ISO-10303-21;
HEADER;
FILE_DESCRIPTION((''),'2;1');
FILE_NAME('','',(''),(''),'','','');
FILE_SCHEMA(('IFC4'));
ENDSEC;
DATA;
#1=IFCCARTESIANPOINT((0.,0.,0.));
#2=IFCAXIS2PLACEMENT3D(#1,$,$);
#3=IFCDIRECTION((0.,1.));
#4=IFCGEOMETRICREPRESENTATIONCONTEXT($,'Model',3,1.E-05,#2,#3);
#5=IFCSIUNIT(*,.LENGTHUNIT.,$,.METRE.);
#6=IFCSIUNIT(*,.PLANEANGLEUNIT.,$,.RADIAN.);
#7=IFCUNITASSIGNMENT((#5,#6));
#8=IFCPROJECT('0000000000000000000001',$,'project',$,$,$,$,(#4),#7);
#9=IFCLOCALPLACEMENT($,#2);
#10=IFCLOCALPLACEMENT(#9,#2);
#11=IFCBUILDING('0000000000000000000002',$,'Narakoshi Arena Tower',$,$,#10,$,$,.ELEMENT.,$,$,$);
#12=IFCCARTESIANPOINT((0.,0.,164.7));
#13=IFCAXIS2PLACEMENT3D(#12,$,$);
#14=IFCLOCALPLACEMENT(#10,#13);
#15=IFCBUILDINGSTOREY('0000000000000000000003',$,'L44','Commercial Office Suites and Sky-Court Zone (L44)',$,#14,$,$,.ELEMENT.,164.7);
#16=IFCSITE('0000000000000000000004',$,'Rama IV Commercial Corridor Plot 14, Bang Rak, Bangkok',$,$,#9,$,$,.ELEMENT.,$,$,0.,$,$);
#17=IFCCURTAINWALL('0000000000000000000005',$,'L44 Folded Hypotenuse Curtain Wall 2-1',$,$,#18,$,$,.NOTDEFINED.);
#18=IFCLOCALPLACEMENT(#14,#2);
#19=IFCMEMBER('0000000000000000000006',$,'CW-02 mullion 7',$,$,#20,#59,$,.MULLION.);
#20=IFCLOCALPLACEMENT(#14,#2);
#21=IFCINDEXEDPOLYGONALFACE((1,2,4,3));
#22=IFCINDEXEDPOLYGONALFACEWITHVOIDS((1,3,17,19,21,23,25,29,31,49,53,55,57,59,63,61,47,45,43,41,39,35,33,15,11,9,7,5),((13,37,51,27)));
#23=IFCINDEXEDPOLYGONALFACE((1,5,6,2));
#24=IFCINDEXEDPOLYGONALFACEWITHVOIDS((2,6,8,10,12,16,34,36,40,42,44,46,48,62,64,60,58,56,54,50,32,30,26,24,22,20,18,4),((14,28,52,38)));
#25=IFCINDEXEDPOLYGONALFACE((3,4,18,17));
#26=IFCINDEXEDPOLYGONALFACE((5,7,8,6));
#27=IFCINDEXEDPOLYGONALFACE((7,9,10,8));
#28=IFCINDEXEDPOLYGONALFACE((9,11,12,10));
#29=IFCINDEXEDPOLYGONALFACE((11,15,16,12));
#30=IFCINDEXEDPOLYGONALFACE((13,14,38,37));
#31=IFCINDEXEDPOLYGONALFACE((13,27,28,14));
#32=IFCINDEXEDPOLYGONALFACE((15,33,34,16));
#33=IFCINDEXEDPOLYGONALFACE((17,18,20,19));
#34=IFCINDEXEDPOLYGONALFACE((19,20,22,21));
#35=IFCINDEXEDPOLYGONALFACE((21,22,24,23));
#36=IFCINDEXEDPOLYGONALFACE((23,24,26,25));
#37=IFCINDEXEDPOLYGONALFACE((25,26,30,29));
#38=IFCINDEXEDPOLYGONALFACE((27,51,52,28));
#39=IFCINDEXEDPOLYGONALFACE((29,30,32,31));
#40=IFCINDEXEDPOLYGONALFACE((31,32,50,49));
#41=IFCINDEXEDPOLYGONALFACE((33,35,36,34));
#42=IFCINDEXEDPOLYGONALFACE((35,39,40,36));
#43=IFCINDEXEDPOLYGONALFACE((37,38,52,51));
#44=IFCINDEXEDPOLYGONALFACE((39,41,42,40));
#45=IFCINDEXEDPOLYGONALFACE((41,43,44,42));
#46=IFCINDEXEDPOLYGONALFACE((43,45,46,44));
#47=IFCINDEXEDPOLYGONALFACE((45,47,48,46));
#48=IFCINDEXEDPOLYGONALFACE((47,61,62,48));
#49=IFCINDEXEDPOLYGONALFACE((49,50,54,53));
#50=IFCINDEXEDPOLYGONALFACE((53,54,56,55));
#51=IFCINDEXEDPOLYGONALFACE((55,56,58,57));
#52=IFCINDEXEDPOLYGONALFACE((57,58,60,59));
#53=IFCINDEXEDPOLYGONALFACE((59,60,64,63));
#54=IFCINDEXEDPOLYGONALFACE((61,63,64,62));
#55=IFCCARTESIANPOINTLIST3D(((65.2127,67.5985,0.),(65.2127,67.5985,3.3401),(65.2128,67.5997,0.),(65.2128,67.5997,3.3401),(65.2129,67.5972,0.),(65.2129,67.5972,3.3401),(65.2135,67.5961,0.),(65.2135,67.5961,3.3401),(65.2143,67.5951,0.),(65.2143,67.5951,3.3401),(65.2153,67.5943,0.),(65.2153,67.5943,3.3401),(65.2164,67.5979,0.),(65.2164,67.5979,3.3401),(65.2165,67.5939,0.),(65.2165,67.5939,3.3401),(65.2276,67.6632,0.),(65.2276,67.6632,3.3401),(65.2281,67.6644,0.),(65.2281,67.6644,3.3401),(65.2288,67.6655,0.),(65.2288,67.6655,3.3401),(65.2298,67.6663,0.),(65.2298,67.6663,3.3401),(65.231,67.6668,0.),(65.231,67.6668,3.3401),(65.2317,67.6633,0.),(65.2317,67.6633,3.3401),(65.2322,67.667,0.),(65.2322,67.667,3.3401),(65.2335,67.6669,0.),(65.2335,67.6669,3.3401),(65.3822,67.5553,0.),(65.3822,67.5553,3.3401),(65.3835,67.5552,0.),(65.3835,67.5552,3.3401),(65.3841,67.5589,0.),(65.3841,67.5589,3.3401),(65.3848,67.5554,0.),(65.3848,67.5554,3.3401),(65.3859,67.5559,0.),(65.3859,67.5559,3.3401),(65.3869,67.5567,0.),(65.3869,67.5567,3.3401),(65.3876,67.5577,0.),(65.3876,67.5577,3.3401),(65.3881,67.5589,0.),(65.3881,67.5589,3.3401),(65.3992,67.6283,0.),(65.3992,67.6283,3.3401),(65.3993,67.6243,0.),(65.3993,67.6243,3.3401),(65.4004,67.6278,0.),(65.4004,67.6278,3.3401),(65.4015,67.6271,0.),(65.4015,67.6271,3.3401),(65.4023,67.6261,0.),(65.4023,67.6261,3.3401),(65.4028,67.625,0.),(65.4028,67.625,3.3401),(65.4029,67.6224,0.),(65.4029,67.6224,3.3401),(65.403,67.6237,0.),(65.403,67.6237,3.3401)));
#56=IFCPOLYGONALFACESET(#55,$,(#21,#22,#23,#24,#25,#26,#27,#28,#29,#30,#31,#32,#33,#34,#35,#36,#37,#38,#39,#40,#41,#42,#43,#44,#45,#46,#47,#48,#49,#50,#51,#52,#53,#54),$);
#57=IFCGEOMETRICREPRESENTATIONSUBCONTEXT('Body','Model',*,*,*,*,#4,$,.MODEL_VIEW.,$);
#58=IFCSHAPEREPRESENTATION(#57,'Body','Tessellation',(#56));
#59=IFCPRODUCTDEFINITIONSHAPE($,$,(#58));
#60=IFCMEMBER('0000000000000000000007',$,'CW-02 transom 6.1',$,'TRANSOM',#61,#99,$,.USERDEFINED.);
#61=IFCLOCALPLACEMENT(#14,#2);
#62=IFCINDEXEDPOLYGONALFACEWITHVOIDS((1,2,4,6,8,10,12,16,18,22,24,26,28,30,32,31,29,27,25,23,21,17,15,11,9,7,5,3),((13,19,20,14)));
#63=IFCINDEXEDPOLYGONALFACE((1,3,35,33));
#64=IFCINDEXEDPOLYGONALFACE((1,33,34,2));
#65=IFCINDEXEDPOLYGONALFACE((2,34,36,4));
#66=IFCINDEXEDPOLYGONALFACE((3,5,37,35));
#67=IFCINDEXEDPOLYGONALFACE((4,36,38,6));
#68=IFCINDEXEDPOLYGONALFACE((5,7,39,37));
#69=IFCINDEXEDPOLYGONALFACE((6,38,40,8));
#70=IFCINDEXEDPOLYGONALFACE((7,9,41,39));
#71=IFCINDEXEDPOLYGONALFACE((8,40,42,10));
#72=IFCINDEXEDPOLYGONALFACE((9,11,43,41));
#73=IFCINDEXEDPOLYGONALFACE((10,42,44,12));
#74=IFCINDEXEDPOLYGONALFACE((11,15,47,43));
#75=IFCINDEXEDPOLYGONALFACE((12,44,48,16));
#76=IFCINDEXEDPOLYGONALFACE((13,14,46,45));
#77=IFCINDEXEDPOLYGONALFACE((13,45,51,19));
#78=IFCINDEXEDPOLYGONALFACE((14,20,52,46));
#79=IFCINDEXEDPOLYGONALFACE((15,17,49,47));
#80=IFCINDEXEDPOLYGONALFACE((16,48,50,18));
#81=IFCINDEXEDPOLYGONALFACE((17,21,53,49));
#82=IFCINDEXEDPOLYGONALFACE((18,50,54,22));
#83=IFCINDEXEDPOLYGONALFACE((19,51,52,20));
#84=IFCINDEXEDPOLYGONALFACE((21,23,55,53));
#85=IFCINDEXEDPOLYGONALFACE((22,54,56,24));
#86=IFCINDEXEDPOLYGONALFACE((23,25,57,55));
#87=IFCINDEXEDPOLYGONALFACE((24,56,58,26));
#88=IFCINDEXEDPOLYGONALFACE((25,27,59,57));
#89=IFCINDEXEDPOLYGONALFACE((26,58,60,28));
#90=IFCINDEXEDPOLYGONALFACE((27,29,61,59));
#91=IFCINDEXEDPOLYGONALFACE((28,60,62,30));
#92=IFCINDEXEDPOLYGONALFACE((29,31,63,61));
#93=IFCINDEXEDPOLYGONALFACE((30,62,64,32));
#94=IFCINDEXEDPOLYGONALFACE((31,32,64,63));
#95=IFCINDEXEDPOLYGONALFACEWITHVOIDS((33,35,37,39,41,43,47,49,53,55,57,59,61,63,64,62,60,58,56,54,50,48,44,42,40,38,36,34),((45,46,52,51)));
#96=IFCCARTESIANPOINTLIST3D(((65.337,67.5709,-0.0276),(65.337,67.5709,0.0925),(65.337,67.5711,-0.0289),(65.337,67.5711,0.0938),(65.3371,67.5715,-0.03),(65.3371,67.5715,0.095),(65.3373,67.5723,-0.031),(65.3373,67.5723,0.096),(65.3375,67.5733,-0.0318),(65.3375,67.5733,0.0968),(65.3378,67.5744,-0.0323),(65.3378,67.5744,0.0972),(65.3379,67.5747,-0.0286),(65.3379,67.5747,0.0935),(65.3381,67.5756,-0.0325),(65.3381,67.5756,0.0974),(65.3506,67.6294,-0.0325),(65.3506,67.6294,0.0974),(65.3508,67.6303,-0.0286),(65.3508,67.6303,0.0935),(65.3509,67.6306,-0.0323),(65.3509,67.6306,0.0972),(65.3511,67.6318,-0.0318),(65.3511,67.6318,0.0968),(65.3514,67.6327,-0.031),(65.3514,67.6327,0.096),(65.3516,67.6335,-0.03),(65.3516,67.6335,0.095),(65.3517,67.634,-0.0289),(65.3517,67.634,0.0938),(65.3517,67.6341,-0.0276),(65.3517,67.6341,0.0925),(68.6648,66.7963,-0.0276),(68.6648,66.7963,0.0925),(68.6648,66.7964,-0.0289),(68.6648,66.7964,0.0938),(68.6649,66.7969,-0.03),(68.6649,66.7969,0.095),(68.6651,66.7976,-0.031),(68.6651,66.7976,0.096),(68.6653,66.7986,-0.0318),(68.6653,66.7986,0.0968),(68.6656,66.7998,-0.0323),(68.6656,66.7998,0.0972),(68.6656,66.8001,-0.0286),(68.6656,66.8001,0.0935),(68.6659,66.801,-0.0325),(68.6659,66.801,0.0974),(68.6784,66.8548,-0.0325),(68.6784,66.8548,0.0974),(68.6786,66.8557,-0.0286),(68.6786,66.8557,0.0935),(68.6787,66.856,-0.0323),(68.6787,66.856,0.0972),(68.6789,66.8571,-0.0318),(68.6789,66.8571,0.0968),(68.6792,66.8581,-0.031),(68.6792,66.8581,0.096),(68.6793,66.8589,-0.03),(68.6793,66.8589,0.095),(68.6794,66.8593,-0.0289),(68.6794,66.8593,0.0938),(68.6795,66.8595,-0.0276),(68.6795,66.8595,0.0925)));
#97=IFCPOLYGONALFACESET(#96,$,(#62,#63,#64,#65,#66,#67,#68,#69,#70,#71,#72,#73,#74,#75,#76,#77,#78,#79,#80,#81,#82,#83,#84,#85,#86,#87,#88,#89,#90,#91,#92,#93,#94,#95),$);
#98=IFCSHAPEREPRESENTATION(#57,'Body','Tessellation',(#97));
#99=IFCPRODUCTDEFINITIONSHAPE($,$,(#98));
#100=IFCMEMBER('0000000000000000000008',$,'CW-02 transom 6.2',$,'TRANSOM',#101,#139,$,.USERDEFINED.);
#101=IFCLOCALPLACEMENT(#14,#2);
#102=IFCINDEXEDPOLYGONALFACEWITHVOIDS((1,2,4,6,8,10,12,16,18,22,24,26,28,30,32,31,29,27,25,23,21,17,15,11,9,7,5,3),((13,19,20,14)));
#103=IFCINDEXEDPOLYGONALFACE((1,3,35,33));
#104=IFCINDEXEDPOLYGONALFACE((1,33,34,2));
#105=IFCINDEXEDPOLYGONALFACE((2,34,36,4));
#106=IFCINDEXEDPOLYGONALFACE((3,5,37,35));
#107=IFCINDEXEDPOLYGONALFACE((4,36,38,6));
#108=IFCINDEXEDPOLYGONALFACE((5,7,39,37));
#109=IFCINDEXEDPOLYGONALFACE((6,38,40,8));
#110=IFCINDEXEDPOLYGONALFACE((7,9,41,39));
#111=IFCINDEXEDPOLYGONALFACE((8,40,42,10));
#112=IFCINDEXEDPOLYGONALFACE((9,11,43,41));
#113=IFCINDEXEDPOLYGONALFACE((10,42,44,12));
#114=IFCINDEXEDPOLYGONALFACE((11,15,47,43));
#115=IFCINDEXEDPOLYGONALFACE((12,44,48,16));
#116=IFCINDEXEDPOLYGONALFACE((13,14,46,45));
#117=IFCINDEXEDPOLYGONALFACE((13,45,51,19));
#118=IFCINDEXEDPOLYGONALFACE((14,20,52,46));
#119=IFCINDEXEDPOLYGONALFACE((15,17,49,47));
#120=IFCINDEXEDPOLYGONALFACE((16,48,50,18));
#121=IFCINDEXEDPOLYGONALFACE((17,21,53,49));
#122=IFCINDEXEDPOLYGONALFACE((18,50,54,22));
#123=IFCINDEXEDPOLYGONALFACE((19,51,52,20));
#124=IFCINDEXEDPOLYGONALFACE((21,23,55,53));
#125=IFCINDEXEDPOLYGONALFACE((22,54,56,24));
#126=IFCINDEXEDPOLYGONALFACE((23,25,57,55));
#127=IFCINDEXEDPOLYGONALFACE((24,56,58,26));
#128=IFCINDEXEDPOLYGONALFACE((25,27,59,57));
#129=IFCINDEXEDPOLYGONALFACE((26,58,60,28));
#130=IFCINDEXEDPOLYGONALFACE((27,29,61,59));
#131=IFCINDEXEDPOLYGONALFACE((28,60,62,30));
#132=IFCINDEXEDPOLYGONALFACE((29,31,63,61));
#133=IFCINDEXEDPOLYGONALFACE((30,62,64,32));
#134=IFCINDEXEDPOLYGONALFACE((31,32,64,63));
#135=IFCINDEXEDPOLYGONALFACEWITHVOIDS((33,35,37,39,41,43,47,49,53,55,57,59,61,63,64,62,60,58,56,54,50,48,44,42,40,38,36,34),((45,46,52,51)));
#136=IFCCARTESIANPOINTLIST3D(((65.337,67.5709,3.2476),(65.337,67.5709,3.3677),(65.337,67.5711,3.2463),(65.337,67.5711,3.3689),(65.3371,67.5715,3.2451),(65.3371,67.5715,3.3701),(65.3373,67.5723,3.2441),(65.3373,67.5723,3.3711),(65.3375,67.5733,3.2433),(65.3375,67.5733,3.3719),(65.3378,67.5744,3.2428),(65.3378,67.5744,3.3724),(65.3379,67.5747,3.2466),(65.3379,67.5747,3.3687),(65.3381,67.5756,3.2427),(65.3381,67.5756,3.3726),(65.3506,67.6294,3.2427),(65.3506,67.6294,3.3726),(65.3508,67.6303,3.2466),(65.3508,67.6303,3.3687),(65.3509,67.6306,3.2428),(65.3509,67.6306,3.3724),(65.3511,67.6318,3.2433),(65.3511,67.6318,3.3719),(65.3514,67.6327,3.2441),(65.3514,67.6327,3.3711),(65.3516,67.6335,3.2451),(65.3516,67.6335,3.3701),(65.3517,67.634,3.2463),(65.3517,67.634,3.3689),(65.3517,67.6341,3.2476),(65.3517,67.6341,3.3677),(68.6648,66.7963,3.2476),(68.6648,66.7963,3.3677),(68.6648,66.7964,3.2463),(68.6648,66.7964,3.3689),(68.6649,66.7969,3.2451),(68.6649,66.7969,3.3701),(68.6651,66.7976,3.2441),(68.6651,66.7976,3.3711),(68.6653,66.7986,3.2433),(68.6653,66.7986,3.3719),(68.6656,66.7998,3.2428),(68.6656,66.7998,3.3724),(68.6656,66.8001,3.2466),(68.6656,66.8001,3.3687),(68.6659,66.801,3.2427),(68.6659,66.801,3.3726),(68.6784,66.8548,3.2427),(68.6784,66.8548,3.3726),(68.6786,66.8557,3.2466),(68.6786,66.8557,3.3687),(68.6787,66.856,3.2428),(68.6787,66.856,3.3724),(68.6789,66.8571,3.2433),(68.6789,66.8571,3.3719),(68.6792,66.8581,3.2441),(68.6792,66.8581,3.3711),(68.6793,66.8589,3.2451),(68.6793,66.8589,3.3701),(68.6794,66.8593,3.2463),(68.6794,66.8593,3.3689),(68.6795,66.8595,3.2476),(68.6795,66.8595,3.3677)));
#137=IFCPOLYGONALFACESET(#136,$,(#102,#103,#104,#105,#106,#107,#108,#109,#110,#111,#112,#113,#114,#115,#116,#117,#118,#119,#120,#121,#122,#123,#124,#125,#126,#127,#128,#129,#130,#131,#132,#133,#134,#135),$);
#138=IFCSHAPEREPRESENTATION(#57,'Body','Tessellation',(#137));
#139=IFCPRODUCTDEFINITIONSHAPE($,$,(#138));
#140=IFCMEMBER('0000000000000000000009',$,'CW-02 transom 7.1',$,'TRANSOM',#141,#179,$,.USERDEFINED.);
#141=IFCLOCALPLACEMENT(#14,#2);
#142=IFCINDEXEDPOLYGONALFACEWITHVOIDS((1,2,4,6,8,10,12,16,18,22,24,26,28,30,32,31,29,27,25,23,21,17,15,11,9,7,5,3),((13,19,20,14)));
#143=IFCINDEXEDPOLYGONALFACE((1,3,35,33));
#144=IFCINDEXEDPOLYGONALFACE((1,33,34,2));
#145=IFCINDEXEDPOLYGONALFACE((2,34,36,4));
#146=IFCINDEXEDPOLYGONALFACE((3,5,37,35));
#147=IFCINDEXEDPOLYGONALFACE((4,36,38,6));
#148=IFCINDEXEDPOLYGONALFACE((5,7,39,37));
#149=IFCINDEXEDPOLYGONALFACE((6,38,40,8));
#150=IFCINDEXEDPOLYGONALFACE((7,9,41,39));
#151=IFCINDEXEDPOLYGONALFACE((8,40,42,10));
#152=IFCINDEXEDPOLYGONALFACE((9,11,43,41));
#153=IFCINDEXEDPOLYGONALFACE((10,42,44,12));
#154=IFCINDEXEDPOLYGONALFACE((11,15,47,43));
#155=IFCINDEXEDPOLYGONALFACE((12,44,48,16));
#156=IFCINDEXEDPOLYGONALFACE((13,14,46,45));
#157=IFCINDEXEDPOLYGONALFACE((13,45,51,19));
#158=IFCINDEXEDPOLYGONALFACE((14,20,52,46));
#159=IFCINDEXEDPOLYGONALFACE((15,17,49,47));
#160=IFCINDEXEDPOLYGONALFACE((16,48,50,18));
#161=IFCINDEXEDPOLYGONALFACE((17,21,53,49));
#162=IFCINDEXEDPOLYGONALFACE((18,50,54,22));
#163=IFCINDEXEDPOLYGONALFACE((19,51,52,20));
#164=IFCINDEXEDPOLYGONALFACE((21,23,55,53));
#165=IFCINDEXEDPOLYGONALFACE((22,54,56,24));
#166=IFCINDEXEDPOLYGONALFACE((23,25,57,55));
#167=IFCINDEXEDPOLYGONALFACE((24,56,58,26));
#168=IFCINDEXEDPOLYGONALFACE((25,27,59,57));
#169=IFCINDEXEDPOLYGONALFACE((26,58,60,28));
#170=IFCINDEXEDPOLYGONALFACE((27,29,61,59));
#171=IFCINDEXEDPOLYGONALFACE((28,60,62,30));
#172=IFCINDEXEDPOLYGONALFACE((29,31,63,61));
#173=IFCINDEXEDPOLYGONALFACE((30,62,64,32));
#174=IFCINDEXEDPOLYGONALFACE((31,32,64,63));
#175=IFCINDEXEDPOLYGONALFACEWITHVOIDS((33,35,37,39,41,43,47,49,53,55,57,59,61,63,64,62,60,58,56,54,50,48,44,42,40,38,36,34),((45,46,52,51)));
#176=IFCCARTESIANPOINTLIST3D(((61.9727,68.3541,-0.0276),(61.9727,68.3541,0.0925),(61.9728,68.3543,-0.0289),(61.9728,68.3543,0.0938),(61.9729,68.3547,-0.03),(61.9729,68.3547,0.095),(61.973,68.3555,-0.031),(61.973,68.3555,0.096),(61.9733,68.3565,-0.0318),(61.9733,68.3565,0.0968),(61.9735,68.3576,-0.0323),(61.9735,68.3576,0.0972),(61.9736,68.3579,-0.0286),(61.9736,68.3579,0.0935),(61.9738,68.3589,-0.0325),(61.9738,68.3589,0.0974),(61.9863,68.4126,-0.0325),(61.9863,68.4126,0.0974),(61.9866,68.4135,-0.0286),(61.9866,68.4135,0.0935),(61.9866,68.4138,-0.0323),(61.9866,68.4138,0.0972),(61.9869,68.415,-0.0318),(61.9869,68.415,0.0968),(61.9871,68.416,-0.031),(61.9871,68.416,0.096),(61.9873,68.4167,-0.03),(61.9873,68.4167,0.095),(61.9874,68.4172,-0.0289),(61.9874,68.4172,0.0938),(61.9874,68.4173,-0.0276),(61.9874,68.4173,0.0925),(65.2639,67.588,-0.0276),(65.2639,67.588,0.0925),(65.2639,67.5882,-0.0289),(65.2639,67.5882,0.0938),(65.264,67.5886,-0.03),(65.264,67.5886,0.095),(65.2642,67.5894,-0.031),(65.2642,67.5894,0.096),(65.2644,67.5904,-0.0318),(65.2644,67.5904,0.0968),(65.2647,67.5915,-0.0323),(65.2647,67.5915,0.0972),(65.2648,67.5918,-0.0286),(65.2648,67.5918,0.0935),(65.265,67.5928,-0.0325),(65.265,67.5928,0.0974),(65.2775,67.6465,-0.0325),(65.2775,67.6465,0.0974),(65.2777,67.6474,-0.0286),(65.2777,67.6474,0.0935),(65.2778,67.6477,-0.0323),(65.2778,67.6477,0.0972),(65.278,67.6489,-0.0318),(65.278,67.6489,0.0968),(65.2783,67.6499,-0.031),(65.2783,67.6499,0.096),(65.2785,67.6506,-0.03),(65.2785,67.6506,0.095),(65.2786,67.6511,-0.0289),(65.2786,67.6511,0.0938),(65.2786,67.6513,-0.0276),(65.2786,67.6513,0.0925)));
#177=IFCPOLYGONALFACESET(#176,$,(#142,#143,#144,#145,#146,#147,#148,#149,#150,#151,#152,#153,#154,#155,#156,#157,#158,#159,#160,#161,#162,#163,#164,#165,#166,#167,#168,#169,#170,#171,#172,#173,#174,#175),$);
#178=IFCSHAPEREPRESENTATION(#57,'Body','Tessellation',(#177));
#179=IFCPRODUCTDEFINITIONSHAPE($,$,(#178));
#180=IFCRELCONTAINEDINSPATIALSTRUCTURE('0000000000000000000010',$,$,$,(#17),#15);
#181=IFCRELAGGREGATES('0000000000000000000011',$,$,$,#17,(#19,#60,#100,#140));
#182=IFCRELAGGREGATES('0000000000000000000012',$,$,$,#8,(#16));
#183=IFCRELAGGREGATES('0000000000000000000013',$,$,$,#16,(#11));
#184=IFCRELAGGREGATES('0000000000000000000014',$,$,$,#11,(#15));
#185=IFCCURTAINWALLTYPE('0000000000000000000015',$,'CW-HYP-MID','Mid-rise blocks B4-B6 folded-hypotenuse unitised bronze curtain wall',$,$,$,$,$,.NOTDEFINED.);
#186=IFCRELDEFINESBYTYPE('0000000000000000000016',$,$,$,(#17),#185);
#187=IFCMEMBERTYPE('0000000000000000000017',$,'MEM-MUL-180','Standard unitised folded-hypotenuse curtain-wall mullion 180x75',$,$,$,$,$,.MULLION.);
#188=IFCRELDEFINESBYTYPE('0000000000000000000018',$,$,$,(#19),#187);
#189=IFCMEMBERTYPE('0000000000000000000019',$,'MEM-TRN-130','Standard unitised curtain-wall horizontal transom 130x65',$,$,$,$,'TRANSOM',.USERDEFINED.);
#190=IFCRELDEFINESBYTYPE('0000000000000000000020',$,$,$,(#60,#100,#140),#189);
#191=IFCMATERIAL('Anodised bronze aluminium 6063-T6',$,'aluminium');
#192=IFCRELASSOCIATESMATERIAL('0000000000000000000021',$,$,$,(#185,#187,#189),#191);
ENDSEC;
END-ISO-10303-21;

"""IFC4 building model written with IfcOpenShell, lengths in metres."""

from ifc_helpers import new_model, si_unit, direction, frame, origin, origin_2d, place, context, subcontext, project, spatial, hollow_rectangle, extrude, material, material_profile, profile_set, type_object, element, aggregate, save


model = new_model("IFC4")

# Units and contexts
model_context = context("Model", 3, precision=1e-05, world=origin(), true_north=direction((0.0, 1.0)))
body_context = subcontext(model_context, "Body", "Model", "MODEL_VIEW")
ifc_project = project(units=[si_unit("LENGTHUNIT", "METRE"), si_unit("PLANEANGLEUNIT", "RADIAN")], contexts=[model_context])

# Site, building, storey
site_placement = place(None, origin())
site = spatial("IfcSite", under=ifc_project, at=site_placement, Name="Rama IV Commercial Corridor Plot 14, Bang Rak, Bangkok", CompositionType="ELEMENT", RefElevation=0.0)
building_placement = place(site_placement, origin())
building = spatial("IfcBuilding", under=site, at=building_placement, Name="Narakoshi Arena Tower", CompositionType="ELEMENT")
storey_placement = place(building_placement, frame((0.0, 0.0, 164.7)))
storey = spatial("IfcBuildingStorey", under=building, at=storey_placement, Name="L44", Description="Commercial Office Suites and Sky-Court Zone (L44)", CompositionType="ELEMENT", Elevation=164.7)

# Curtain wall, members
ifc_material_1 = material(Name="Anodised bronze aluminium 6063-T6", Category="aluminium")
curtain_wall_type = type_object("IfcCurtainWallType", Name="CW-HYP-MID", Description="Mid-rise blocks B4-B6 folded-hypotenuse unitised bronze curtain wall", PredefinedType="NOTDEFINED", material=ifc_material_1)
curtain_wall_placement = place(storey_placement, origin())
curtain_wall = element("IfcCurtainWall", 1, at=curtain_wall_placement, inside=storey, type_object=curtain_wall_type, Name="L44 Folded Hypotenuse Curtain Wall 2-1", PredefinedType="NOTDEFINED")
ifc_material_profile_1 = material_profile(ifc_material_1, hollow_rectangle(XDim=0.075, YDim=0.1799, WallThickness=0.0039, OuterFilletRadius=0.0049, at=origin_2d()), Name="MUL180x75x4")
ifc_profile_set_1 = profile_set([ifc_material_profile_1], Name="Anodised bronze aluminium 6063-T6")
member_type_1 = type_object("IfcMemberType", Name="MEM-MUL-180", Description="Standard unitised folded-hypotenuse curtain-wall mullion 180x75", PredefinedType="MULLION", material=ifc_profile_set_1)
member_1_placement = place(storey_placement, frame((65.3079, 67.6111, 0.0), z_axis=(0.0, 0.0, 1.0), x_axis=(-0.226721, -0.97396, 0.0)))
member_1 = element("IfcMember", 2, at=member_1_placement, type_object=member_type_1, Name="CW-02 mullion 7", PredefinedType="MULLION", context=body_context, shape_type="SweptSolid", body=[
    extrude(hollow_rectangle(XDim=0.075, YDim=0.1799, WallThickness=0.0039, OuterFilletRadius=0.0049, at=origin_2d()), origin(), (0.0, 0.0, 1.0), 3.3401),
])
ifc_material_profile_2 = material_profile(ifc_material_1, hollow_rectangle(XDim=0.0649, YDim=0.1299, WallThickness=0.0039, OuterFilletRadius=0.0049, at=origin_2d()), Name="TRN130x65x4")
ifc_profile_set_2 = profile_set([ifc_material_profile_2], Name="Anodised bronze aluminium 6063-T6")
member_type_2 = type_object("IfcMemberType", Name="MEM-TRN-130", Description="Standard unitised curtain-wall horizontal transom 130x65", ElementType="TRANSOM", PredefinedType="USERDEFINED", material=ifc_profile_set_2)
member_2_placement = place(storey_placement, frame((68.6721, 66.8279, 0.0325), z_axis=(-0.973961, 0.226717, 0.0), x_axis=(-0.226717, -0.973961, 0.0)))
member_2 = element("IfcMember", 3, at=member_2_placement, type_object=member_type_2, Name="CW-02 transom 6.1", ObjectType="TRANSOM", PredefinedType="USERDEFINED", context=body_context, shape_type="SweptSolid", body=[
    extrude(hollow_rectangle(XDim=0.0649, YDim=0.1299, WallThickness=0.0039, OuterFilletRadius=0.0049, at=origin_2d()), origin(), (0.0, 0.0, 1.0), 3.4167),
])
member_3_placement = place(storey_placement, frame((68.6721, 66.8279, 3.3076), z_axis=(-0.973961, 0.226717, 0.0), x_axis=(-0.226717, -0.973961, 0.0)))
member_3 = element("IfcMember", 4, at=member_3_placement, type_object=member_type_2, Name="CW-02 transom 6.2", ObjectType="TRANSOM", PredefinedType="USERDEFINED", context=body_context, shape_type="SweptSolid", body=[
    extrude(hollow_rectangle(XDim=0.0649, YDim=0.1299, WallThickness=0.0039, OuterFilletRadius=0.0049, at=origin_2d()), origin(), (0.0, 0.0, 1.0), 3.4167),
])
member_4_placement = place(storey_placement, frame((65.2712, 67.6196, 0.0325), z_axis=(-0.973962, 0.226711, 0.0), x_axis=(-0.226711, -0.973962, 0.0)))
member_4 = element("IfcMember", 5, at=member_4_placement, type_object=member_type_2, Name="CW-02 transom 7.1", ObjectType="TRANSOM", PredefinedType="USERDEFINED", context=body_context, shape_type="SweptSolid", body=[
    extrude(hollow_rectangle(XDim=0.0649, YDim=0.1299, WallThickness=0.0039, OuterFilletRadius=0.0049, at=origin_2d()), origin(), (0.0, 0.0, 1.0), 3.3792),
])
aggregate(curtain_wall, [member_1, member_2, member_3, member_4])

save(model, "model.ifc")
